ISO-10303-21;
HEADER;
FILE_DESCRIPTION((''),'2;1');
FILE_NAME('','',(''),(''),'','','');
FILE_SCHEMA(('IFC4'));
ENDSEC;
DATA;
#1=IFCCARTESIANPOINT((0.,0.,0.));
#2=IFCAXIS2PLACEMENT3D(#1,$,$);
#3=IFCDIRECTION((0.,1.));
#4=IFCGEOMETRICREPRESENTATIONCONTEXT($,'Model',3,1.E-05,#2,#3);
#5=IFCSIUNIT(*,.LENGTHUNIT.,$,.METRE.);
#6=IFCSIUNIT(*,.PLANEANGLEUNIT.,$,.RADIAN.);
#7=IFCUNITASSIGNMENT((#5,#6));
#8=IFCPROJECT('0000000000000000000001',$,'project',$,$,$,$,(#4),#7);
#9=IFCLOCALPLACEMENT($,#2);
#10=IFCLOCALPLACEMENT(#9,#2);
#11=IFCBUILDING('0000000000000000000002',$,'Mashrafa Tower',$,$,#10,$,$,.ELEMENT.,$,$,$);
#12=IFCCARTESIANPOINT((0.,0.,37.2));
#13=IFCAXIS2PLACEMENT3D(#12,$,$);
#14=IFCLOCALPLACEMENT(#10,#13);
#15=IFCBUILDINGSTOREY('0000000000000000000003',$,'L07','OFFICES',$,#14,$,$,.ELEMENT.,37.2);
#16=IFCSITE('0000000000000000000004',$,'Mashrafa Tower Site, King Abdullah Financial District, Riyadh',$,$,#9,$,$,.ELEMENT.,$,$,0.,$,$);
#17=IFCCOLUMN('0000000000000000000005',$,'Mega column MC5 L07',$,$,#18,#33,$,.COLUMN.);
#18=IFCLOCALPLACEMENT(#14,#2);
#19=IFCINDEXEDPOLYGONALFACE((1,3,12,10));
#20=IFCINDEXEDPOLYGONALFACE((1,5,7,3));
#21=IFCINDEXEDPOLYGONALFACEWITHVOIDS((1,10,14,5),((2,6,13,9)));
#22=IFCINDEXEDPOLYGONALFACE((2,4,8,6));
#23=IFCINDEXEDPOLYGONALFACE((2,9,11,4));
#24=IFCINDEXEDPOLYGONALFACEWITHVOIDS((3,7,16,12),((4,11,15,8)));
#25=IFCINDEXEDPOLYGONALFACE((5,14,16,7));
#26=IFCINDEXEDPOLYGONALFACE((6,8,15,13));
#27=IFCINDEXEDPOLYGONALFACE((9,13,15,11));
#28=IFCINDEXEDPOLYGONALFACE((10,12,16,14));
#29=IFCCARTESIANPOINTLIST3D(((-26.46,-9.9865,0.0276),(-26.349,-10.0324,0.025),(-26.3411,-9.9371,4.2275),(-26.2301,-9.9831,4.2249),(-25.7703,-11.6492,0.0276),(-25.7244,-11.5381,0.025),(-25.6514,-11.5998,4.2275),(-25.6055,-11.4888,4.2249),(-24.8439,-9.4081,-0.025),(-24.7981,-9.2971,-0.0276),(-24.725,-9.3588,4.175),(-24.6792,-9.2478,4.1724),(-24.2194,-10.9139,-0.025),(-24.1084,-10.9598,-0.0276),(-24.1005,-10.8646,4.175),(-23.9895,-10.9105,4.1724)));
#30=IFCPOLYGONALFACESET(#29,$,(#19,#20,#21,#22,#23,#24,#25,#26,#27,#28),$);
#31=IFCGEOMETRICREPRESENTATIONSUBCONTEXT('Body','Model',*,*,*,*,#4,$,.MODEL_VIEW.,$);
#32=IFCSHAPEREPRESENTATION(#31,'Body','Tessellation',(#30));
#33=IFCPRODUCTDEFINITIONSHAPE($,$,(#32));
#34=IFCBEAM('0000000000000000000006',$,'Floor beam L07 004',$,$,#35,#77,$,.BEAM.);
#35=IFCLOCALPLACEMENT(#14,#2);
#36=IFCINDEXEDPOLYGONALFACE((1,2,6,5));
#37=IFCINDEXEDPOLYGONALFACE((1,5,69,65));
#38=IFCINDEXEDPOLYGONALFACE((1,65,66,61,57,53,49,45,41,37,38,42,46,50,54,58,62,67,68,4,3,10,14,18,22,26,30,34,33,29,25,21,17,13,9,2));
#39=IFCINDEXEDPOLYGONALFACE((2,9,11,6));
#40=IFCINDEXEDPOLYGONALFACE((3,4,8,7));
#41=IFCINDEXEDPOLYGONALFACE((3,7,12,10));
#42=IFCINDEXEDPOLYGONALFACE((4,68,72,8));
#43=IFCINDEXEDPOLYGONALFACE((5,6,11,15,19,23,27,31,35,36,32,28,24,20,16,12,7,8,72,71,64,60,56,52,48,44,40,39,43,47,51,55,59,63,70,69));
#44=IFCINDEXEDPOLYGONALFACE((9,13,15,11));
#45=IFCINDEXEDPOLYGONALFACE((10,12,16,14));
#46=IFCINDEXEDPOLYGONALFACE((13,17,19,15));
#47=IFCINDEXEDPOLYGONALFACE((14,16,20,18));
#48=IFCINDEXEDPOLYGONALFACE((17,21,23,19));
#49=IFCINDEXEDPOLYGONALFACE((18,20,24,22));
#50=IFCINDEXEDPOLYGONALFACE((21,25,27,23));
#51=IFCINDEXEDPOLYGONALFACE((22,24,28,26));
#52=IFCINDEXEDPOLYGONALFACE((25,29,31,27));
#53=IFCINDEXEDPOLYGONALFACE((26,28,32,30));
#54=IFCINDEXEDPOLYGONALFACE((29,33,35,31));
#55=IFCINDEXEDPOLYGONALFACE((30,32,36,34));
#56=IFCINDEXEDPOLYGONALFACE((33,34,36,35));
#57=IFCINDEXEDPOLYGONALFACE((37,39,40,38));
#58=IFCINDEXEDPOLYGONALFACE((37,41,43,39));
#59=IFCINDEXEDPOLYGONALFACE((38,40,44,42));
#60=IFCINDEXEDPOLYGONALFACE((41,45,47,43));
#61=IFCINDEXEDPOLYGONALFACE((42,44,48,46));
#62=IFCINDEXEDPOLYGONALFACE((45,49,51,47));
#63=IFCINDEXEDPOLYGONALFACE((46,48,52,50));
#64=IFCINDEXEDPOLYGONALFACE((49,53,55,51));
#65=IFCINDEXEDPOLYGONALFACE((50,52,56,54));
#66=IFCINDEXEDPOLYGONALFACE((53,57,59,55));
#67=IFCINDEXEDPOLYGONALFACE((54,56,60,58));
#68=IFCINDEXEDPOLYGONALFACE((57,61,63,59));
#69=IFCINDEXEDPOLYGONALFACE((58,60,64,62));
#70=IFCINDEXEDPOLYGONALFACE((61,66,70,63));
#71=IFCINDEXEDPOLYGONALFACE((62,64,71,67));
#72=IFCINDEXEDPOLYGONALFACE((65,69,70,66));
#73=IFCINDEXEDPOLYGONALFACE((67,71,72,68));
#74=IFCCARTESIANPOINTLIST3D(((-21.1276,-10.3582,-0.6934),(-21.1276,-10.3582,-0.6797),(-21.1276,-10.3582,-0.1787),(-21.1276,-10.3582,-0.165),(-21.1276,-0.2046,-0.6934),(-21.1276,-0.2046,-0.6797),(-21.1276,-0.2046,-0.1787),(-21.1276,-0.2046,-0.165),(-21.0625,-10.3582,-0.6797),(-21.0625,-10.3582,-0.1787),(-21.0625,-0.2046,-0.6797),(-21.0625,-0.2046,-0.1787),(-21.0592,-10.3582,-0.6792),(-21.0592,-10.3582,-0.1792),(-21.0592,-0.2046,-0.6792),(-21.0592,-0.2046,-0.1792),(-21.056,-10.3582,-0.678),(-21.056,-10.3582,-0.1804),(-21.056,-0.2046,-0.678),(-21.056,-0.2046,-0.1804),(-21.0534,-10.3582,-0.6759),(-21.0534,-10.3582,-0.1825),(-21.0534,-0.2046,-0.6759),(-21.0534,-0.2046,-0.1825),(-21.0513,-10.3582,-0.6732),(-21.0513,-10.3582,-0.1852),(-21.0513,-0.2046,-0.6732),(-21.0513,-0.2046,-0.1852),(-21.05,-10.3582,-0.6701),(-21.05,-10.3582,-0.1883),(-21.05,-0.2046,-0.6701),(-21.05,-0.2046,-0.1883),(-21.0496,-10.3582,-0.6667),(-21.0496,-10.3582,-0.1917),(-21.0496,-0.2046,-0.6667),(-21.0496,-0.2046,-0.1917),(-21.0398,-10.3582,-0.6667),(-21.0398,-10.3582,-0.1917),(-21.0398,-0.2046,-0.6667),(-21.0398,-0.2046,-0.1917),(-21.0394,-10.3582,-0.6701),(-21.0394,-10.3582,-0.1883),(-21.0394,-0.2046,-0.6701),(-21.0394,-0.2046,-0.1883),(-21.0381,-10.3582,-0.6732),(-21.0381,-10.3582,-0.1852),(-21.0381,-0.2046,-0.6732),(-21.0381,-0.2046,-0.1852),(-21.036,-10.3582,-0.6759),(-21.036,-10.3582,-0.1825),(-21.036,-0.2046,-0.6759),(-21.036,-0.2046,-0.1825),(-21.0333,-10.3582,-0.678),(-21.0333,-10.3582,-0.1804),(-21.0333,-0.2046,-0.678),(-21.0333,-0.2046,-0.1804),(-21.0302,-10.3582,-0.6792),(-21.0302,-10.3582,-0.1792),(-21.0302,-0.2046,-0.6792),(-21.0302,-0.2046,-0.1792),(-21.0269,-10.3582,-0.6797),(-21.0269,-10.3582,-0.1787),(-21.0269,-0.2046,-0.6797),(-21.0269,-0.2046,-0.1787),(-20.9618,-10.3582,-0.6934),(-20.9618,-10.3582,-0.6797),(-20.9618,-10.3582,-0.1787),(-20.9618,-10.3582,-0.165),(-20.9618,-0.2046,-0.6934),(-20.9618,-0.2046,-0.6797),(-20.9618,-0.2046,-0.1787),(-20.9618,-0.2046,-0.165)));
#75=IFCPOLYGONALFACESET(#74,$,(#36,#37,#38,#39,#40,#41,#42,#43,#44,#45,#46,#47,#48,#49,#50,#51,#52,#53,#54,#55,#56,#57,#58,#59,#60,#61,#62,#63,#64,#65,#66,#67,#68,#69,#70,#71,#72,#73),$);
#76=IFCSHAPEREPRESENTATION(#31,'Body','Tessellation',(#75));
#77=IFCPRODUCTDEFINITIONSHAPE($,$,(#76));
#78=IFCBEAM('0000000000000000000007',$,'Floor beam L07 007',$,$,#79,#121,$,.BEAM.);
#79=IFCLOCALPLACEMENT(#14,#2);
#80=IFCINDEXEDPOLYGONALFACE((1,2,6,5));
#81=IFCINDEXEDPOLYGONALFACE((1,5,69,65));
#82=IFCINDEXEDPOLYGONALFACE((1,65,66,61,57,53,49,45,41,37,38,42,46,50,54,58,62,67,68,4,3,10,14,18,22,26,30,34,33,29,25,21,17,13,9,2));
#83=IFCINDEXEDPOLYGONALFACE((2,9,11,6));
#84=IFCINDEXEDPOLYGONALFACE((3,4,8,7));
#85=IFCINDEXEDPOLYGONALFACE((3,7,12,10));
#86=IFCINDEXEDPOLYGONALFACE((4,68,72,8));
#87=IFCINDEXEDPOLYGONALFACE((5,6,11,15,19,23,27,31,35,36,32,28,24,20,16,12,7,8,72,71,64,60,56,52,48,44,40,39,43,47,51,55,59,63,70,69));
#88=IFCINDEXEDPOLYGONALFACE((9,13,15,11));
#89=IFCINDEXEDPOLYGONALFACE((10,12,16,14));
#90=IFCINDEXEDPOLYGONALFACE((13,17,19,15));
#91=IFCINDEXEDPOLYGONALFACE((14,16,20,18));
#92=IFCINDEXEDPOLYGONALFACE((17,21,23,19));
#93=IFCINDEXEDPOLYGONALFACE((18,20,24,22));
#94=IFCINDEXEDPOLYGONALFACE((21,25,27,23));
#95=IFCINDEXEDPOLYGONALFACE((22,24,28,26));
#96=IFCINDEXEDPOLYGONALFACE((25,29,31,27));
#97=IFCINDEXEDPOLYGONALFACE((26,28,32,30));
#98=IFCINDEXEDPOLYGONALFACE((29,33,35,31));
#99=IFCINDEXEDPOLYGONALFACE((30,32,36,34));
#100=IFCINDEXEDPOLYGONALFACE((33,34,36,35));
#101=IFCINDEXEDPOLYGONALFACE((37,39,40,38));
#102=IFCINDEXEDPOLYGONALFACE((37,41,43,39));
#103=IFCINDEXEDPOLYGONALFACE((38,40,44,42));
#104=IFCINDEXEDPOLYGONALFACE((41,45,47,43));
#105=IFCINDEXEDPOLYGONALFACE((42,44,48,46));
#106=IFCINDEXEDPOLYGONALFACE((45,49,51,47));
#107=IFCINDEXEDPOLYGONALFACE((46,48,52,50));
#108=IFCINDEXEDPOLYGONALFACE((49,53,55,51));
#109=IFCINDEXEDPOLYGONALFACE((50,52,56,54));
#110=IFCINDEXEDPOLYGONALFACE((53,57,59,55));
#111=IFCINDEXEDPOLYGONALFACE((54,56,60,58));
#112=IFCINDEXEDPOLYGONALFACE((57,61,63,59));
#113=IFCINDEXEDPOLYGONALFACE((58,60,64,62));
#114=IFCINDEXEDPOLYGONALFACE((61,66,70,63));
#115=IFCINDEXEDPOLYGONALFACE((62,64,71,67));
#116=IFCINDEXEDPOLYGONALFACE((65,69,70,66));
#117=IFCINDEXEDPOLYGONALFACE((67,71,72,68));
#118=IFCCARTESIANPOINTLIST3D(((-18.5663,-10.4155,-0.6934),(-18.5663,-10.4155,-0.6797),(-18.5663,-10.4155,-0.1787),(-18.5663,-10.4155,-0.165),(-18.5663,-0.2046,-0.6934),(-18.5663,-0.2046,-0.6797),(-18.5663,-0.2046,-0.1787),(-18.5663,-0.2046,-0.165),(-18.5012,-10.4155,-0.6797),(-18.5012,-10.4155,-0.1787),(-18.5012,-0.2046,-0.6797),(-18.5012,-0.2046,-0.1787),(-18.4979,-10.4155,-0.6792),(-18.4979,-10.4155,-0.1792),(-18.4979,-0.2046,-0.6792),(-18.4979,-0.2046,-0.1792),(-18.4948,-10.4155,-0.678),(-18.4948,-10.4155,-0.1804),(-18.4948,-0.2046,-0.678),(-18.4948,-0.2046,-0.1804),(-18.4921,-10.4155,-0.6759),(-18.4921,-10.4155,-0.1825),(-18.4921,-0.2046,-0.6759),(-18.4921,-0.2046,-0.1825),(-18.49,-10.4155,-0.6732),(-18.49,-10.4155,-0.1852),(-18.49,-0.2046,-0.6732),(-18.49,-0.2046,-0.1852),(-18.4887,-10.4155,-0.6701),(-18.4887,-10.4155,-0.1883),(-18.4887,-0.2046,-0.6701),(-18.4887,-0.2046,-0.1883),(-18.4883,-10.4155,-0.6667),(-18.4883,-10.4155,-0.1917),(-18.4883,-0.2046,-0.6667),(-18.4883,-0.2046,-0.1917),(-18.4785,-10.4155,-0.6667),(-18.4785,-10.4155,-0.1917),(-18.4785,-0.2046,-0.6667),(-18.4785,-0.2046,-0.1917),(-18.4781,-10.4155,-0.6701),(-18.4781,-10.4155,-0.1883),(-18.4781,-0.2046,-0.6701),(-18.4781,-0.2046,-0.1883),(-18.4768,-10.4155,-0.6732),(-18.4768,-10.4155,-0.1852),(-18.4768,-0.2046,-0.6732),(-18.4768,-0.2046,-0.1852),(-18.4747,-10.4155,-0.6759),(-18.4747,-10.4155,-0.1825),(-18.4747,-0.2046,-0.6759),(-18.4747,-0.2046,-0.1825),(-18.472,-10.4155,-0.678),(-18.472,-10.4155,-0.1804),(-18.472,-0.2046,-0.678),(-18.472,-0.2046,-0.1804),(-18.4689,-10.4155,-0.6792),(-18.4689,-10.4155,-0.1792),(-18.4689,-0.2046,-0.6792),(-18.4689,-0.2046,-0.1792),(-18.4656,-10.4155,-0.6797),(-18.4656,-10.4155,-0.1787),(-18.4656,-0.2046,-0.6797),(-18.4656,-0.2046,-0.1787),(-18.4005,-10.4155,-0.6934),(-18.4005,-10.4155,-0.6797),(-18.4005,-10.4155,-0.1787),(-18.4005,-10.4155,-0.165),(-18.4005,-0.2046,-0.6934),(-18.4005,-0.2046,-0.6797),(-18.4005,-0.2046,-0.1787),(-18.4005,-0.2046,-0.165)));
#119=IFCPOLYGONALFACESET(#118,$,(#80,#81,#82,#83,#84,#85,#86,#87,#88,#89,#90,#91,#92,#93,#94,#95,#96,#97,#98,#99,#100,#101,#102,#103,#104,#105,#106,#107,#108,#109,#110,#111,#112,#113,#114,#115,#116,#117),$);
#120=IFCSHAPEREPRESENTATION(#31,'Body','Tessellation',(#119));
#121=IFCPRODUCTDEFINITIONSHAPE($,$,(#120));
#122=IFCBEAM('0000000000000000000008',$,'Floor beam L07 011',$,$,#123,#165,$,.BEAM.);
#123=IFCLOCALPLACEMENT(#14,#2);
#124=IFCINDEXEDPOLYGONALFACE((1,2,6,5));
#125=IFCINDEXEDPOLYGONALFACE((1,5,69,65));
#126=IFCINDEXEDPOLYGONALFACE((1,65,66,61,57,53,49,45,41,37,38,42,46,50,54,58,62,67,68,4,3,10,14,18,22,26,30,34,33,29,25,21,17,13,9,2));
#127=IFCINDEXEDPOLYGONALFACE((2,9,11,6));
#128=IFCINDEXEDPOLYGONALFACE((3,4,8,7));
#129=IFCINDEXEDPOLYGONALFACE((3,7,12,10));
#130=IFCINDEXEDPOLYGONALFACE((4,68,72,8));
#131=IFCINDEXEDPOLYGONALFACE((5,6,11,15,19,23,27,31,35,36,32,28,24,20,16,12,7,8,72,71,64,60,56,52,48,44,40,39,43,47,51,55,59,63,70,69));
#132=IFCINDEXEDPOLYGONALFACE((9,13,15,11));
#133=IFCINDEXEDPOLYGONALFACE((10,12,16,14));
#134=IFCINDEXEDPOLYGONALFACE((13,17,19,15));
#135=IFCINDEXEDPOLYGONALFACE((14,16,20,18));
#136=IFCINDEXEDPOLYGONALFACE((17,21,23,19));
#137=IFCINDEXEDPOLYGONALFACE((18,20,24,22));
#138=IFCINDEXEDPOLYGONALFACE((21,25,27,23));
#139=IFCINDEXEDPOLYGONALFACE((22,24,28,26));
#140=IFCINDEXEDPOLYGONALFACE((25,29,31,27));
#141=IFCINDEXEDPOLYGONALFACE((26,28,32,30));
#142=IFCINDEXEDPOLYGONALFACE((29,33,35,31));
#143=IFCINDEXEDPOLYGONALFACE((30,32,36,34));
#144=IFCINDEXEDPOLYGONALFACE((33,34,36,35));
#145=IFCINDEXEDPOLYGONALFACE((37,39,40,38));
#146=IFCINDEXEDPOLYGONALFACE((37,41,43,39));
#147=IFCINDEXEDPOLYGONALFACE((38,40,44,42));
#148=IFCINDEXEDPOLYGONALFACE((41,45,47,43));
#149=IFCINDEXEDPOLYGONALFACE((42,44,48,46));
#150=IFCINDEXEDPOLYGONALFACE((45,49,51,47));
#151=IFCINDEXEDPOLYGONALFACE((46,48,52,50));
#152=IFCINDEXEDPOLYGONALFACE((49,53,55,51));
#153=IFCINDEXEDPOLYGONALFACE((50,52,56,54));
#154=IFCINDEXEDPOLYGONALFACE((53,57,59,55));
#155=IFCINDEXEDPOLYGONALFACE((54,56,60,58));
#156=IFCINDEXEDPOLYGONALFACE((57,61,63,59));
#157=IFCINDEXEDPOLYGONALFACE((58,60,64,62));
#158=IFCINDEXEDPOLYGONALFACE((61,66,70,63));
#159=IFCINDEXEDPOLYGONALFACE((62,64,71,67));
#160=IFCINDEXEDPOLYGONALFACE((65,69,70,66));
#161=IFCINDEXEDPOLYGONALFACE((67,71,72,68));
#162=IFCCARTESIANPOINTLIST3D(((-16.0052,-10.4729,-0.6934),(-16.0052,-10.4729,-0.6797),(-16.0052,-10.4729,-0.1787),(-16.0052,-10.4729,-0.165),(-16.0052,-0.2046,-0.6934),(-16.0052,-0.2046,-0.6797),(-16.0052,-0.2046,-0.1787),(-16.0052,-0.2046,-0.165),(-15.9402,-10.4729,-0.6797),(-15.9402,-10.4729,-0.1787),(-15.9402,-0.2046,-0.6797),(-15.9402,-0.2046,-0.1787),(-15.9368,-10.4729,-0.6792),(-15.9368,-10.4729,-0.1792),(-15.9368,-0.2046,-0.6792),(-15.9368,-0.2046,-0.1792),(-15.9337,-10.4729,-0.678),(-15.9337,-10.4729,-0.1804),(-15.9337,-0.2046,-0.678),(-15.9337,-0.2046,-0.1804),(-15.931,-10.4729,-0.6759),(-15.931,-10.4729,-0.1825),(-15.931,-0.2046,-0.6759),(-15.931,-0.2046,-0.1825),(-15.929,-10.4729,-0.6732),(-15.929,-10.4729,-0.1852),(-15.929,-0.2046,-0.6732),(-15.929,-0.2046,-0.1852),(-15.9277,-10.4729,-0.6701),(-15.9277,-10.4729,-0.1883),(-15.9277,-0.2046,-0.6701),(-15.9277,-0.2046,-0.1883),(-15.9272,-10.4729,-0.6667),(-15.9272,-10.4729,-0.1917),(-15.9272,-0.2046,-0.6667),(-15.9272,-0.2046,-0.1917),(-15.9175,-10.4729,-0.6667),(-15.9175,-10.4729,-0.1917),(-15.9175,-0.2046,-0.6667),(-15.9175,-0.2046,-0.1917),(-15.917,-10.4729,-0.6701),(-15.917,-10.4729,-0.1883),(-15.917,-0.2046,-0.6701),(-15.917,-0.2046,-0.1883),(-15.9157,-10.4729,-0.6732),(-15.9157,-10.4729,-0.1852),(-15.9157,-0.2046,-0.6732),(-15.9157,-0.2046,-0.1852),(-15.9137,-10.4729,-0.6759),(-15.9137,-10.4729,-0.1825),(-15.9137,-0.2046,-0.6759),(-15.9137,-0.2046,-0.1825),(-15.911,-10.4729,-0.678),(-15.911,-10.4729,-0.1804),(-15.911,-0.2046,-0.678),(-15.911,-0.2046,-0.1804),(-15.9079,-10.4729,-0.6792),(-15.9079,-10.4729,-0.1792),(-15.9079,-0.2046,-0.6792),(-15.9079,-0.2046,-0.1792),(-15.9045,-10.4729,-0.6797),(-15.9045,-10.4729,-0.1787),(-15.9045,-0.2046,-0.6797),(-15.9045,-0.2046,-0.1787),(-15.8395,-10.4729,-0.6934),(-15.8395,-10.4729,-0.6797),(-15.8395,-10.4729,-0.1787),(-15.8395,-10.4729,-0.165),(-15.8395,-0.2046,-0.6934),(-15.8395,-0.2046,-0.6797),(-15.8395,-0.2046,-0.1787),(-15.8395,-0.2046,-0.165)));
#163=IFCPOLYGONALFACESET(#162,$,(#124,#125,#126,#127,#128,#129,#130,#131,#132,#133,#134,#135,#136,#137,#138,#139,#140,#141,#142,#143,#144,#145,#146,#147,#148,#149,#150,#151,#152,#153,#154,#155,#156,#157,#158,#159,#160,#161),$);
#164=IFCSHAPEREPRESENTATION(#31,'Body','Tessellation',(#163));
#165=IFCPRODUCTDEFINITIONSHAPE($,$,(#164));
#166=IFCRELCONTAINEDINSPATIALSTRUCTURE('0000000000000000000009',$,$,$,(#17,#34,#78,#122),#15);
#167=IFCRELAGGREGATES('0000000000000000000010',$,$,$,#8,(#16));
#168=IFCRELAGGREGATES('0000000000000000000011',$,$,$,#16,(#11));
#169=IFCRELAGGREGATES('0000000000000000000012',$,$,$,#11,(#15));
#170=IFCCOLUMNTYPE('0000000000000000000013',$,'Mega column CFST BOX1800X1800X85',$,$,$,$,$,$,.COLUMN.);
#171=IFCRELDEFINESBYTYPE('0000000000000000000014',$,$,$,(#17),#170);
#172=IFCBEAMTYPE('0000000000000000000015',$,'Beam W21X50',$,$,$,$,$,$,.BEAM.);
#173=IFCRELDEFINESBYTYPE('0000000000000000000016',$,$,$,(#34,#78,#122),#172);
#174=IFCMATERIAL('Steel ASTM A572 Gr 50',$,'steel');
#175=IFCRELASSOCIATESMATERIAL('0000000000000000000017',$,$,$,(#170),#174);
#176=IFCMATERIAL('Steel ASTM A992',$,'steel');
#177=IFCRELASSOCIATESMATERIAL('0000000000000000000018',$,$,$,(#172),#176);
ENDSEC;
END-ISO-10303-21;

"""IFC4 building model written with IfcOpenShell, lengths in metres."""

from ifc_helpers import new_model, si_unit, direction, frame, origin, origin_2d, place, context, subcontext, project, spatial, hollow_rectangle, i_section, extrude, material, material_profile, profile_set, type_object, element, save


model = new_model("IFC4")

# Units and contexts
model_context = context("Model", 3, precision=1e-05, world=origin(), true_north=direction((0.0, 1.0)))
body_context = subcontext(model_context, "Body", "Model", "MODEL_VIEW")
ifc_project = project(units=[si_unit("LENGTHUNIT", "METRE"), si_unit("PLANEANGLEUNIT", "RADIAN")], contexts=[model_context])

# Site, building, storey
site_placement = place(None, origin())
site = spatial("IfcSite", under=ifc_project, at=site_placement, Name="Mashrafa Tower Site, King Abdullah Financial District, Riyadh", CompositionType="ELEMENT", RefElevation=0.0)
building_placement = place(site_placement, origin())
building = spatial("IfcBuilding", under=site, at=building_placement, Name="Mashrafa Tower", CompositionType="ELEMENT")
storey_placement = place(building_placement, frame((0.0, 0.0, 37.2)))
storey = spatial("IfcBuildingStorey", under=building, at=storey_placement, Name="L07", Description="OFFICES", CompositionType="ELEMENT", Elevation=37.2)

# Column
ifc_material_1 = material(Name="Steel ASTM A572 Gr 50", Category="steel")
ifc_material_profile_1 = material_profile(ifc_material_1, hollow_rectangle(XDim=1.8, YDim=1.8, WallThickness=0.085, at=origin_2d()), Name="BOX1800X1800X85")
ifc_profile_set_1 = profile_set([ifc_material_profile_1], Name="Steel ASTM A572 Gr 50")
column_type = type_object("IfcColumnType", Name="Mega column CFST BOX1800X1800X85", PredefinedType="COLUMN", material=ifc_profile_set_1)
column_placement = place(storey_placement, frame((-25.2842, -10.4731, 0.0), z_axis=(0.028296, 0.011737, 0.999531), x_axis=(-0.383133, 0.923693, 0.0)))
element("IfcColumn", 1, at=column_placement, inside=storey, type_object=column_type, Name="Mega column MC5 L07", PredefinedType="COLUMN", context=body_context, shape_type="SweptSolid", body=[
    extrude(hollow_rectangle(XDim=1.8, YDim=1.8, WallThickness=0.085, at=origin_2d()), origin(), (0.0, 0.0, 1.0), 4.2019),
])

# Beams
ifc_material_2 = material(Name="Steel ASTM A992", Category="steel")
ifc_material_profile_2 = material_profile(ifc_material_2, i_section(OverallWidth=0.1658, OverallDepth=0.5283, WebThickness=0.0098, FlangeThickness=0.0137, FilletRadius=0.0129, at=origin_2d()), Name="W21X50")
ifc_profile_set_2 = profile_set([ifc_material_profile_2], Name="Steel ASTM A992")
beam_type_1 = type_object("IfcBeamType", Name="Beam W21X50", PredefinedType="BEAM", material=ifc_profile_set_2)
beam_1_placement = place(storey_placement, frame((-21.0447, -10.3582, -0.4292), z_axis=(0.0, 1.0, 0.0), x_axis=(-1.0, 0.0, 0.0)))
element("IfcBeam", 2, at=beam_1_placement, inside=storey, type_object=beam_type_1, Name="Floor beam L07 004", PredefinedType="BEAM", context=body_context, shape_type="SweptSolid", body=[
    extrude(i_section(OverallWidth=0.1658, OverallDepth=0.5283, WebThickness=0.0098, FlangeThickness=0.0137, FilletRadius=0.0129, at=origin_2d()), origin(), (0.0, 0.0, 1.0), 10.1536),
])
beam_2_placement = place(storey_placement, frame((-18.4834, -10.4155, -0.4292), z_axis=(0.0, 1.0, 0.0), x_axis=(-1.0, 0.0, 0.0)))
element("IfcBeam", 3, at=beam_2_placement, inside=storey, type_object=beam_type_1, Name="Floor beam L07 007", PredefinedType="BEAM", context=body_context, shape_type="SweptSolid", body=[
    extrude(i_section(OverallWidth=0.1658, OverallDepth=0.5283, WebThickness=0.0098, FlangeThickness=0.0137, FilletRadius=0.0129, at=origin_2d()), origin(), (0.0, 0.0, 1.0), 10.2109),
])
beam_3_placement = place(storey_placement, frame((-15.9224, -10.4729, -0.4292), z_axis=(0.0, 1.0, 0.0), x_axis=(-1.0, 0.0, 0.0)))
element("IfcBeam", 4, at=beam_3_placement, inside=storey, type_object=beam_type_1, Name="Floor beam L07 011", PredefinedType="BEAM", context=body_context, shape_type="SweptSolid", body=[
    extrude(i_section(OverallWidth=0.1658, OverallDepth=0.5283, WebThickness=0.0098, FlangeThickness=0.0137, FilletRadius=0.0129, at=origin_2d()), origin(), (0.0, 0.0, 1.0), 10.2683),
])

save(model, "model.ifc")
